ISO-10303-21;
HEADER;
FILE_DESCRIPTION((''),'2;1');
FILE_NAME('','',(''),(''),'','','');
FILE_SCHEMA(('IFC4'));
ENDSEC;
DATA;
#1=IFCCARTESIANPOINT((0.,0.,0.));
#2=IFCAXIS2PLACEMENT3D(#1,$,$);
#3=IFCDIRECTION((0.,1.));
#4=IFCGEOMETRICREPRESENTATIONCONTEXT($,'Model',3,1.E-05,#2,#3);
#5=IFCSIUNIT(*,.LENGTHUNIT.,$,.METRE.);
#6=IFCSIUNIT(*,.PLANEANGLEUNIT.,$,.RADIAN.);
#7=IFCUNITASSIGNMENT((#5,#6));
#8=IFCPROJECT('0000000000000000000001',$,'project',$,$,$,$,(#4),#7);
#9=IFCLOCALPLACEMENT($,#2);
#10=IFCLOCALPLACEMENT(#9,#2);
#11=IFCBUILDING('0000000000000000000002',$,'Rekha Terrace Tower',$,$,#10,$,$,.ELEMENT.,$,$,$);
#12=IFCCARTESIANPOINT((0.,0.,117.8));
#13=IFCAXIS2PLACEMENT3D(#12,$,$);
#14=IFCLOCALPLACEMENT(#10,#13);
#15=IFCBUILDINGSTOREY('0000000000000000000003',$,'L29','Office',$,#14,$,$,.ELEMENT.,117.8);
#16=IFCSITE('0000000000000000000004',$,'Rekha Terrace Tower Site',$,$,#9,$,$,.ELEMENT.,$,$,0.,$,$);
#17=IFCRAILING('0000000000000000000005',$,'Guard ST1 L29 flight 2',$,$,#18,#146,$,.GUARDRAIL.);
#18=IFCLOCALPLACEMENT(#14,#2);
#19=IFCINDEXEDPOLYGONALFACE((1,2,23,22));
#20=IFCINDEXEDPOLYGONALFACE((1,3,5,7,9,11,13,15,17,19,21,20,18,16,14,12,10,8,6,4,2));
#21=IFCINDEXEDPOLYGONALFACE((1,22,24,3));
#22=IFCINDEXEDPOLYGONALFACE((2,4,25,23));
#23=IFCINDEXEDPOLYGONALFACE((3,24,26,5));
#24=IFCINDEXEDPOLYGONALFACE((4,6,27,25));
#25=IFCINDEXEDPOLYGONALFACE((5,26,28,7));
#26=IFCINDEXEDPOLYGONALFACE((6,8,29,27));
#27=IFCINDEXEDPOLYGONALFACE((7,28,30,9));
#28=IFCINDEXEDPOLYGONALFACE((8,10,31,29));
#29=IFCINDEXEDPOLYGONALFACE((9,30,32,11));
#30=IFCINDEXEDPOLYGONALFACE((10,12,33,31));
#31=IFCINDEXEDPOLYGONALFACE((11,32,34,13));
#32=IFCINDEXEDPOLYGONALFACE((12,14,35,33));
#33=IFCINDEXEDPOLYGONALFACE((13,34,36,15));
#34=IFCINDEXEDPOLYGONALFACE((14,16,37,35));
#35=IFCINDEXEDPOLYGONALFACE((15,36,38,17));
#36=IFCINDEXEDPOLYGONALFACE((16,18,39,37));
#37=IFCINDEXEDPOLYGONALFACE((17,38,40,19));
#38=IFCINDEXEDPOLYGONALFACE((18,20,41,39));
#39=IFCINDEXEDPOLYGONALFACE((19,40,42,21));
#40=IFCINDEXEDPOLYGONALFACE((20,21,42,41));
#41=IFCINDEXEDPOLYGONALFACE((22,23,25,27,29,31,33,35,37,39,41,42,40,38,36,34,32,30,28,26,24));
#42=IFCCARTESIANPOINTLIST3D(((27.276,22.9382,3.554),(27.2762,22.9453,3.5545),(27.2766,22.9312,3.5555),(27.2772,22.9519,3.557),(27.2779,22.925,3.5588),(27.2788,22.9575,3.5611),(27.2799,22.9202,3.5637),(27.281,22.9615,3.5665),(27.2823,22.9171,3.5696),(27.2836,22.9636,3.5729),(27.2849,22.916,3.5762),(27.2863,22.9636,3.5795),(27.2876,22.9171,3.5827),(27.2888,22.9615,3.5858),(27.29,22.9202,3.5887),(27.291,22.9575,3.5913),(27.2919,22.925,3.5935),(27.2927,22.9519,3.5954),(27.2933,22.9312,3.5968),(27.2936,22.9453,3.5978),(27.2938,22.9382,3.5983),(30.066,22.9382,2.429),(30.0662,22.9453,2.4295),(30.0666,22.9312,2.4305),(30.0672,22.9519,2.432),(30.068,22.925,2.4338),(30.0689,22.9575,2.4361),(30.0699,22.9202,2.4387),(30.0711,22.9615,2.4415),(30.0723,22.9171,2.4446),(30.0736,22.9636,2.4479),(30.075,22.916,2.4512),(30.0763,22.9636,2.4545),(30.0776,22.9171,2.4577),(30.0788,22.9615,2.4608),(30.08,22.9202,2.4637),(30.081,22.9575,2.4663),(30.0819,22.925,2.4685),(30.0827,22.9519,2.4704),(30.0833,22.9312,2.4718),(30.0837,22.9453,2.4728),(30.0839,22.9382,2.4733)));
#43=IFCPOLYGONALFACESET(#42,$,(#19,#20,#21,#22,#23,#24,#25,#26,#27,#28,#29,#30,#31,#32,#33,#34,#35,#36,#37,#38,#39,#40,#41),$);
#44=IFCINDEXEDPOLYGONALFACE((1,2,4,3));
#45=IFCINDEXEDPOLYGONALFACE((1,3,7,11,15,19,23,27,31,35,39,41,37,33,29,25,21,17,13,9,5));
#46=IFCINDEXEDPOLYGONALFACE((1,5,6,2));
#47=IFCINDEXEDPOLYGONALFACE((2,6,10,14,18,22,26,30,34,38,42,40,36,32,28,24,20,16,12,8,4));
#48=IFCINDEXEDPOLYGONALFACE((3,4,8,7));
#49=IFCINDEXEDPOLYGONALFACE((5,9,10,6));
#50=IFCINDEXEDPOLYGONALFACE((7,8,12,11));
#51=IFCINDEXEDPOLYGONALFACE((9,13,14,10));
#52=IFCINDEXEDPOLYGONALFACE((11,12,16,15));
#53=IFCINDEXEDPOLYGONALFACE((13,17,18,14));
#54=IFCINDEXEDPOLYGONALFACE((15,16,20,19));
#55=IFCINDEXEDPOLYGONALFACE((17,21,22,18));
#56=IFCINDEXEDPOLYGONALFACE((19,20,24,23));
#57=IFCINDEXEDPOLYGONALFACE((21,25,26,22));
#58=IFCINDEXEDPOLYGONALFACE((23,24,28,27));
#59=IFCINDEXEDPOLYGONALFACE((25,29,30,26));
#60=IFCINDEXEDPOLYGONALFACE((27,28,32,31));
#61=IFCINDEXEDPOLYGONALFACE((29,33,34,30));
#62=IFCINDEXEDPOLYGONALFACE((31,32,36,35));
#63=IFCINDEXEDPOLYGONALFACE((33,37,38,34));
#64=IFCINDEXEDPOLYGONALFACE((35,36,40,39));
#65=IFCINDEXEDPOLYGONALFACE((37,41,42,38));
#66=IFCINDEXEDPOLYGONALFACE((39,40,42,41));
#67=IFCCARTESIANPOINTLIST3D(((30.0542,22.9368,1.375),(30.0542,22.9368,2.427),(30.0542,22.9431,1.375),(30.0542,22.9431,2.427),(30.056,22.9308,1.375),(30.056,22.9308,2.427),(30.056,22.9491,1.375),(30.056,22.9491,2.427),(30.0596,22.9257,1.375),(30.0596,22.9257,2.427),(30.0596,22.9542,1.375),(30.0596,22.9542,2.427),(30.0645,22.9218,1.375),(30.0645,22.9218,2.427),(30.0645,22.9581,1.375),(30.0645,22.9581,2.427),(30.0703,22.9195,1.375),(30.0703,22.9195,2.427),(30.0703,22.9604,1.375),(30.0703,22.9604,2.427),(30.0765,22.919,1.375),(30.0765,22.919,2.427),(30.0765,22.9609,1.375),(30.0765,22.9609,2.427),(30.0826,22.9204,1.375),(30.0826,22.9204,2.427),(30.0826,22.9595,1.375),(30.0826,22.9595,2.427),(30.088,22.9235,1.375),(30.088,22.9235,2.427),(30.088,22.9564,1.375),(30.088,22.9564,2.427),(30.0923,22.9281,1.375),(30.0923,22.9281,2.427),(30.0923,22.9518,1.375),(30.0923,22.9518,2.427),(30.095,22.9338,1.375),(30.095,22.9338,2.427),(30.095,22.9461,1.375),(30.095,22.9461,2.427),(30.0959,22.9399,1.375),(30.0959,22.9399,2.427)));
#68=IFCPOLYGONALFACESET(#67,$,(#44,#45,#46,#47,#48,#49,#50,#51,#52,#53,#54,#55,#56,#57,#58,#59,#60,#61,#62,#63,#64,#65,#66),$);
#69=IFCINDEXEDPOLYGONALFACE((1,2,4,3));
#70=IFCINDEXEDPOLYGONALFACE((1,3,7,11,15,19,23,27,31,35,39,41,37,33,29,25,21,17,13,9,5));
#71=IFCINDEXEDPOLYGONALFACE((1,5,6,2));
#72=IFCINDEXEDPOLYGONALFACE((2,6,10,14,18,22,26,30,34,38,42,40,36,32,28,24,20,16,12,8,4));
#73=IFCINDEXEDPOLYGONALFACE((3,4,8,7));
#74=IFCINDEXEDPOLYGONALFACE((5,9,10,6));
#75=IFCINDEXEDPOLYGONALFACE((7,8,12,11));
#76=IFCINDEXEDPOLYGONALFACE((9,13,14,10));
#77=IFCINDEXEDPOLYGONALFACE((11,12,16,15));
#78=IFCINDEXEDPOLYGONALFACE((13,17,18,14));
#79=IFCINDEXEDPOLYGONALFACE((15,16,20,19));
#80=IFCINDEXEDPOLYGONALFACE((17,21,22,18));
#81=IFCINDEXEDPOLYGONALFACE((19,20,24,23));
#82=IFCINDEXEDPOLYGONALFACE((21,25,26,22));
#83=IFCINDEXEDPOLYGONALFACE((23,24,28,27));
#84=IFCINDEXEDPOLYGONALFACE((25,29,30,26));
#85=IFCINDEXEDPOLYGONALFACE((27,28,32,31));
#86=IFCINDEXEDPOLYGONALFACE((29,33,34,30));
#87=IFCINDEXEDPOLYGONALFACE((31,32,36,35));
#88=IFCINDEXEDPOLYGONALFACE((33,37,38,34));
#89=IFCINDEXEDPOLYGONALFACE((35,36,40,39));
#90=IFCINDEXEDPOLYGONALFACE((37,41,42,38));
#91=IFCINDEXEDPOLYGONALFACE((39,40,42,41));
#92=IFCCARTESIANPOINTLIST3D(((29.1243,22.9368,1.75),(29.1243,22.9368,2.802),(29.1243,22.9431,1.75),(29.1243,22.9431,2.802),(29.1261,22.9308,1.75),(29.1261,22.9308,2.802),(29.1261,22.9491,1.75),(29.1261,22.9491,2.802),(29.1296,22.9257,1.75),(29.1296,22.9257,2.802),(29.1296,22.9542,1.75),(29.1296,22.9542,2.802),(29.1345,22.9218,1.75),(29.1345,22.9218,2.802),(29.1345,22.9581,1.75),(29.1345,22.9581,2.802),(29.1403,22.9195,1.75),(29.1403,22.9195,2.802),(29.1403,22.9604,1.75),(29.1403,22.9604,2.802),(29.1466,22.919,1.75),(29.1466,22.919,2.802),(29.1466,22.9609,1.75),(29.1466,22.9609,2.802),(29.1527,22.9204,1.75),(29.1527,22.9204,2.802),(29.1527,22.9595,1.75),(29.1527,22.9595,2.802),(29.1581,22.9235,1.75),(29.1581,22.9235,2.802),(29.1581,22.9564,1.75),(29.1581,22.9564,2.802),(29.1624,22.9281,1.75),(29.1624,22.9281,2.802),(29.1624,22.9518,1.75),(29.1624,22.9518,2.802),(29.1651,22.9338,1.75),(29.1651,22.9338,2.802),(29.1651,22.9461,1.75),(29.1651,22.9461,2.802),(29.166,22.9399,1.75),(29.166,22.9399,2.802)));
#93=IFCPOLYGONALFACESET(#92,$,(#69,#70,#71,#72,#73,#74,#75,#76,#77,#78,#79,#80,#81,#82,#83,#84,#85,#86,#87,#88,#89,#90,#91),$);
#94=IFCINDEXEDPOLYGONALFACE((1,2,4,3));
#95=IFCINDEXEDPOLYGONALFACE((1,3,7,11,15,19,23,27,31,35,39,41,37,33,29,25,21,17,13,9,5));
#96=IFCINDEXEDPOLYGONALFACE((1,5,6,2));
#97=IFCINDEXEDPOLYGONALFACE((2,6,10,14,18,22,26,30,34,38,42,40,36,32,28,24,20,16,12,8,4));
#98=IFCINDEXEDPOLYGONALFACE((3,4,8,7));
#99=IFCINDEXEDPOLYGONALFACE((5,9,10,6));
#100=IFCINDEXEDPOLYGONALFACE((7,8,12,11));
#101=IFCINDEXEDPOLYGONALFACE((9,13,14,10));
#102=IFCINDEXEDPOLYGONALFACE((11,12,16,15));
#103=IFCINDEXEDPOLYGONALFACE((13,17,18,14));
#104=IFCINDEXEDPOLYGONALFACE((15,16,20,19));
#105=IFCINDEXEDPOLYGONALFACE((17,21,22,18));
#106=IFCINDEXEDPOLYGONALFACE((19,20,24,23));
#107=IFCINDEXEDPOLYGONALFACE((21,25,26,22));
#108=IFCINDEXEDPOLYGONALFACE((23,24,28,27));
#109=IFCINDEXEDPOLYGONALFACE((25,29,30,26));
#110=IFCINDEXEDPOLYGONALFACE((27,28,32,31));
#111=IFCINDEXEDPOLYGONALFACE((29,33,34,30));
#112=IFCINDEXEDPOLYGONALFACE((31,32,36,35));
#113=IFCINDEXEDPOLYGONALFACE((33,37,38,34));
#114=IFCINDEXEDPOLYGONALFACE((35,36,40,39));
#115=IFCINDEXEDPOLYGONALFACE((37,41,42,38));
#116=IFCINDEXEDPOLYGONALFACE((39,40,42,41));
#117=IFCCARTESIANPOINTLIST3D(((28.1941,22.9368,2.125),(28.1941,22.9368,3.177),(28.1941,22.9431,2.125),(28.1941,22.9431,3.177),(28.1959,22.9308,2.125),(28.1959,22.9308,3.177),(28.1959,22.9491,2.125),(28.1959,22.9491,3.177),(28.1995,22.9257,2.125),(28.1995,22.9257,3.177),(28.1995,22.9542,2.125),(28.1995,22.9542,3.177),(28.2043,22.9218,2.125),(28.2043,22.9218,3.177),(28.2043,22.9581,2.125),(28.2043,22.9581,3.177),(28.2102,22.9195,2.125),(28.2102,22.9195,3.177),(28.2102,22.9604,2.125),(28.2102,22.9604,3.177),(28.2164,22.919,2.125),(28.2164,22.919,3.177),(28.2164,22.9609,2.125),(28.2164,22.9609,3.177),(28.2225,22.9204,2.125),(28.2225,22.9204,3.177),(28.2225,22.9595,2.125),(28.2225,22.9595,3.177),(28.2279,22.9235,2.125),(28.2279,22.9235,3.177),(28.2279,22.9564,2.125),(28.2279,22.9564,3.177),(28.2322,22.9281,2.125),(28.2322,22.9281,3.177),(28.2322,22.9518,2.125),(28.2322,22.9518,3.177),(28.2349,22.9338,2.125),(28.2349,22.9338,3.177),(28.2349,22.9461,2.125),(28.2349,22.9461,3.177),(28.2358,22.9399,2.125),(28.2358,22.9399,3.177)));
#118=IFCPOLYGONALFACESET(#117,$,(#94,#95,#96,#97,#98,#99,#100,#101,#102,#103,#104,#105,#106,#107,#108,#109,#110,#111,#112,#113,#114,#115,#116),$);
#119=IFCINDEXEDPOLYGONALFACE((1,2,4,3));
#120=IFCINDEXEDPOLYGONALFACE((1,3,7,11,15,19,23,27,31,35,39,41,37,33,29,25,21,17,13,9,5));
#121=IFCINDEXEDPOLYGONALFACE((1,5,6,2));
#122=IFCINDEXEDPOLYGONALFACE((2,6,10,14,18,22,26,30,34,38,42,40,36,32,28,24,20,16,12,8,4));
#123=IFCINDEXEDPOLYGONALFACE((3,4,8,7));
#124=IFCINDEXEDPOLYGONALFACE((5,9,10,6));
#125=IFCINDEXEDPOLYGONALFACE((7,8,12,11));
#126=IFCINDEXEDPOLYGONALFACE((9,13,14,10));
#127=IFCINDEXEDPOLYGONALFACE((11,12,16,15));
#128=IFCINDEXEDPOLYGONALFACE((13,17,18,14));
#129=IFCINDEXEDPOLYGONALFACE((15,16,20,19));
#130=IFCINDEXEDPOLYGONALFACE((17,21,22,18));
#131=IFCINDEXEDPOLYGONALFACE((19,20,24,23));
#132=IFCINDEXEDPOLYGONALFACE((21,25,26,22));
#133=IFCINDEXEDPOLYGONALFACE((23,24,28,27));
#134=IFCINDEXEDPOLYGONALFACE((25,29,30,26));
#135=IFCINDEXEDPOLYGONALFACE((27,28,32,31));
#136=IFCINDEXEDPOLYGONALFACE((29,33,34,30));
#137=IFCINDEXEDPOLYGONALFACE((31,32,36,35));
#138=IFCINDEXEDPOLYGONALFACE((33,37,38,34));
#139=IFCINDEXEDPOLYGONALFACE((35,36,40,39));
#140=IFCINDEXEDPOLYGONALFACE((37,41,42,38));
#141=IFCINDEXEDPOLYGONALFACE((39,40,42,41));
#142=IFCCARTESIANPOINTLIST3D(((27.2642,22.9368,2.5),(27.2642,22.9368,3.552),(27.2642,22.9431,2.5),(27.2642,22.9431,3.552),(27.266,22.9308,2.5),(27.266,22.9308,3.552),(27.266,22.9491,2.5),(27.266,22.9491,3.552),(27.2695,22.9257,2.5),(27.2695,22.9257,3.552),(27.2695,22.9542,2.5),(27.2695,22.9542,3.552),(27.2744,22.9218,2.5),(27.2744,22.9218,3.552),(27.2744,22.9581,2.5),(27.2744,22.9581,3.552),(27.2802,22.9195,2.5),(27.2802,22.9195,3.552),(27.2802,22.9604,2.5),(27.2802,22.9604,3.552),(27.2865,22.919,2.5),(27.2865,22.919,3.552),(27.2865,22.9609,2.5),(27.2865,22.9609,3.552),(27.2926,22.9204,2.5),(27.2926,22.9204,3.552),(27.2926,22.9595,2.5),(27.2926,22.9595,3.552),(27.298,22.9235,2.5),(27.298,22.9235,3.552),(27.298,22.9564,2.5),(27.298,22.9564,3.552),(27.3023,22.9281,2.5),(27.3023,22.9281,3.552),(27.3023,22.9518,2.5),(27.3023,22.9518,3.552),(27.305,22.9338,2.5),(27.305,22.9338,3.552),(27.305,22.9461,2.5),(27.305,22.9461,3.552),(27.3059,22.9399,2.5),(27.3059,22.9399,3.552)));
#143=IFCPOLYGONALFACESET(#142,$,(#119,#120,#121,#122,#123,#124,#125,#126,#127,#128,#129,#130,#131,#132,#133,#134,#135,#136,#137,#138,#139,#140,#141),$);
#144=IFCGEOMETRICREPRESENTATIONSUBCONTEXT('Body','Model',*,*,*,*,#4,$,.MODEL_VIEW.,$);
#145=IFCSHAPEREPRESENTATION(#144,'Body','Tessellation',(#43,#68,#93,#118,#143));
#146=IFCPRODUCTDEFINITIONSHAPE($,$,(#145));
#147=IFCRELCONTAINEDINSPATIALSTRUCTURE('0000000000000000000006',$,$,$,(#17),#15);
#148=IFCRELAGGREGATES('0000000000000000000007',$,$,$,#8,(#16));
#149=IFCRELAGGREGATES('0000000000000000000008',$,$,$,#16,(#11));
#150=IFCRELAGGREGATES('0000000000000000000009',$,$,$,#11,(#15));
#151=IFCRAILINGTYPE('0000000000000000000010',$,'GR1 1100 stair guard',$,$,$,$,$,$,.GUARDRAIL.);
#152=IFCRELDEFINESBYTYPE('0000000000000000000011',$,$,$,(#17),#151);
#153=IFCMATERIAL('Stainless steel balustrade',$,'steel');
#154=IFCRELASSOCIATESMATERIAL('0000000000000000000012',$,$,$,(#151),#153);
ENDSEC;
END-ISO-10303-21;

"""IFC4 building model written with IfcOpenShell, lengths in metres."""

from ifc_helpers import new_model, si_unit, direction, frame, origin, origin_2d, place, context, subcontext, project, spatial, circle, extrude, material, type_object, element, save


model = new_model("IFC4")

# Units and contexts
model_context = context("Model", 3, precision=1e-05, world=origin(), true_north=direction((0.0, 1.0)))
body_context = subcontext(model_context, "Body", "Model", "MODEL_VIEW")
ifc_project = project(units=[si_unit("LENGTHUNIT", "METRE"), si_unit("PLANEANGLEUNIT", "RADIAN")], contexts=[model_context])

# Site, building, storey
site_placement = place(None, origin())
site = spatial("IfcSite", under=ifc_project, at=site_placement, Name="Rekha Terrace Tower Site", CompositionType="ELEMENT", RefElevation=0.0)
building_placement = place(site_placement, origin())
building = spatial("IfcBuilding", under=site, at=building_placement, Name="Rekha Terrace Tower", CompositionType="ELEMENT")
storey_placement = place(building_placement, frame((0.0, 0.0, 117.8)))
storey = spatial("IfcBuildingStorey", under=building, at=storey_placement, Name="L29", Description="Office", CompositionType="ELEMENT", Elevation=117.8)

# Railing
ifc_material_1 = material(Name="Stainless steel balustrade", Category="steel")
railing_type_1 = type_object("IfcRailingType", Name="GR1 1100 stair guard", PredefinedType="GUARDRAIL", material=ifc_material_1)
railing_1_placement = place(storey_placement, frame((30.075, 22.9399, 1.375)))
element("IfcRailing", 1, at=railing_1_placement, inside=storey, type_object=railing_type_1, Name="Guard ST1 L29 flight 2", PredefinedType="GUARDRAIL", context=body_context, shape_type="SweptSolid", body=[
    extrude(circle(Radius=0.0239, at=origin_2d()), frame((0.0, 0.0, 1.0762), z_axis=(-0.927443, 0.0, 0.373964), x_axis=(0.0, -1.0, 0.0)), (0.0, 0.0, 1.0), 3.0083),
    extrude(circle(Radius=0.021, at=origin_2d()), origin(), (0.0, 0.0, 1.0), 1.052),
    extrude(circle(Radius=0.021, at=origin_2d()), frame((-0.9299, 0.0, 0.375)), (0.0, 0.0, 1.0), 1.052),
    extrude(circle(Radius=0.021, at=origin_2d()), frame((-1.8601, 0.0, 0.75)), (0.0, 0.0, 1.0), 1.052),
    extrude(circle(Radius=0.021, at=origin_2d()), frame((-2.79, 0.0, 1.125)), (0.0, 0.0, 1.0), 1.052),
])

save(model, "model.ifc")
